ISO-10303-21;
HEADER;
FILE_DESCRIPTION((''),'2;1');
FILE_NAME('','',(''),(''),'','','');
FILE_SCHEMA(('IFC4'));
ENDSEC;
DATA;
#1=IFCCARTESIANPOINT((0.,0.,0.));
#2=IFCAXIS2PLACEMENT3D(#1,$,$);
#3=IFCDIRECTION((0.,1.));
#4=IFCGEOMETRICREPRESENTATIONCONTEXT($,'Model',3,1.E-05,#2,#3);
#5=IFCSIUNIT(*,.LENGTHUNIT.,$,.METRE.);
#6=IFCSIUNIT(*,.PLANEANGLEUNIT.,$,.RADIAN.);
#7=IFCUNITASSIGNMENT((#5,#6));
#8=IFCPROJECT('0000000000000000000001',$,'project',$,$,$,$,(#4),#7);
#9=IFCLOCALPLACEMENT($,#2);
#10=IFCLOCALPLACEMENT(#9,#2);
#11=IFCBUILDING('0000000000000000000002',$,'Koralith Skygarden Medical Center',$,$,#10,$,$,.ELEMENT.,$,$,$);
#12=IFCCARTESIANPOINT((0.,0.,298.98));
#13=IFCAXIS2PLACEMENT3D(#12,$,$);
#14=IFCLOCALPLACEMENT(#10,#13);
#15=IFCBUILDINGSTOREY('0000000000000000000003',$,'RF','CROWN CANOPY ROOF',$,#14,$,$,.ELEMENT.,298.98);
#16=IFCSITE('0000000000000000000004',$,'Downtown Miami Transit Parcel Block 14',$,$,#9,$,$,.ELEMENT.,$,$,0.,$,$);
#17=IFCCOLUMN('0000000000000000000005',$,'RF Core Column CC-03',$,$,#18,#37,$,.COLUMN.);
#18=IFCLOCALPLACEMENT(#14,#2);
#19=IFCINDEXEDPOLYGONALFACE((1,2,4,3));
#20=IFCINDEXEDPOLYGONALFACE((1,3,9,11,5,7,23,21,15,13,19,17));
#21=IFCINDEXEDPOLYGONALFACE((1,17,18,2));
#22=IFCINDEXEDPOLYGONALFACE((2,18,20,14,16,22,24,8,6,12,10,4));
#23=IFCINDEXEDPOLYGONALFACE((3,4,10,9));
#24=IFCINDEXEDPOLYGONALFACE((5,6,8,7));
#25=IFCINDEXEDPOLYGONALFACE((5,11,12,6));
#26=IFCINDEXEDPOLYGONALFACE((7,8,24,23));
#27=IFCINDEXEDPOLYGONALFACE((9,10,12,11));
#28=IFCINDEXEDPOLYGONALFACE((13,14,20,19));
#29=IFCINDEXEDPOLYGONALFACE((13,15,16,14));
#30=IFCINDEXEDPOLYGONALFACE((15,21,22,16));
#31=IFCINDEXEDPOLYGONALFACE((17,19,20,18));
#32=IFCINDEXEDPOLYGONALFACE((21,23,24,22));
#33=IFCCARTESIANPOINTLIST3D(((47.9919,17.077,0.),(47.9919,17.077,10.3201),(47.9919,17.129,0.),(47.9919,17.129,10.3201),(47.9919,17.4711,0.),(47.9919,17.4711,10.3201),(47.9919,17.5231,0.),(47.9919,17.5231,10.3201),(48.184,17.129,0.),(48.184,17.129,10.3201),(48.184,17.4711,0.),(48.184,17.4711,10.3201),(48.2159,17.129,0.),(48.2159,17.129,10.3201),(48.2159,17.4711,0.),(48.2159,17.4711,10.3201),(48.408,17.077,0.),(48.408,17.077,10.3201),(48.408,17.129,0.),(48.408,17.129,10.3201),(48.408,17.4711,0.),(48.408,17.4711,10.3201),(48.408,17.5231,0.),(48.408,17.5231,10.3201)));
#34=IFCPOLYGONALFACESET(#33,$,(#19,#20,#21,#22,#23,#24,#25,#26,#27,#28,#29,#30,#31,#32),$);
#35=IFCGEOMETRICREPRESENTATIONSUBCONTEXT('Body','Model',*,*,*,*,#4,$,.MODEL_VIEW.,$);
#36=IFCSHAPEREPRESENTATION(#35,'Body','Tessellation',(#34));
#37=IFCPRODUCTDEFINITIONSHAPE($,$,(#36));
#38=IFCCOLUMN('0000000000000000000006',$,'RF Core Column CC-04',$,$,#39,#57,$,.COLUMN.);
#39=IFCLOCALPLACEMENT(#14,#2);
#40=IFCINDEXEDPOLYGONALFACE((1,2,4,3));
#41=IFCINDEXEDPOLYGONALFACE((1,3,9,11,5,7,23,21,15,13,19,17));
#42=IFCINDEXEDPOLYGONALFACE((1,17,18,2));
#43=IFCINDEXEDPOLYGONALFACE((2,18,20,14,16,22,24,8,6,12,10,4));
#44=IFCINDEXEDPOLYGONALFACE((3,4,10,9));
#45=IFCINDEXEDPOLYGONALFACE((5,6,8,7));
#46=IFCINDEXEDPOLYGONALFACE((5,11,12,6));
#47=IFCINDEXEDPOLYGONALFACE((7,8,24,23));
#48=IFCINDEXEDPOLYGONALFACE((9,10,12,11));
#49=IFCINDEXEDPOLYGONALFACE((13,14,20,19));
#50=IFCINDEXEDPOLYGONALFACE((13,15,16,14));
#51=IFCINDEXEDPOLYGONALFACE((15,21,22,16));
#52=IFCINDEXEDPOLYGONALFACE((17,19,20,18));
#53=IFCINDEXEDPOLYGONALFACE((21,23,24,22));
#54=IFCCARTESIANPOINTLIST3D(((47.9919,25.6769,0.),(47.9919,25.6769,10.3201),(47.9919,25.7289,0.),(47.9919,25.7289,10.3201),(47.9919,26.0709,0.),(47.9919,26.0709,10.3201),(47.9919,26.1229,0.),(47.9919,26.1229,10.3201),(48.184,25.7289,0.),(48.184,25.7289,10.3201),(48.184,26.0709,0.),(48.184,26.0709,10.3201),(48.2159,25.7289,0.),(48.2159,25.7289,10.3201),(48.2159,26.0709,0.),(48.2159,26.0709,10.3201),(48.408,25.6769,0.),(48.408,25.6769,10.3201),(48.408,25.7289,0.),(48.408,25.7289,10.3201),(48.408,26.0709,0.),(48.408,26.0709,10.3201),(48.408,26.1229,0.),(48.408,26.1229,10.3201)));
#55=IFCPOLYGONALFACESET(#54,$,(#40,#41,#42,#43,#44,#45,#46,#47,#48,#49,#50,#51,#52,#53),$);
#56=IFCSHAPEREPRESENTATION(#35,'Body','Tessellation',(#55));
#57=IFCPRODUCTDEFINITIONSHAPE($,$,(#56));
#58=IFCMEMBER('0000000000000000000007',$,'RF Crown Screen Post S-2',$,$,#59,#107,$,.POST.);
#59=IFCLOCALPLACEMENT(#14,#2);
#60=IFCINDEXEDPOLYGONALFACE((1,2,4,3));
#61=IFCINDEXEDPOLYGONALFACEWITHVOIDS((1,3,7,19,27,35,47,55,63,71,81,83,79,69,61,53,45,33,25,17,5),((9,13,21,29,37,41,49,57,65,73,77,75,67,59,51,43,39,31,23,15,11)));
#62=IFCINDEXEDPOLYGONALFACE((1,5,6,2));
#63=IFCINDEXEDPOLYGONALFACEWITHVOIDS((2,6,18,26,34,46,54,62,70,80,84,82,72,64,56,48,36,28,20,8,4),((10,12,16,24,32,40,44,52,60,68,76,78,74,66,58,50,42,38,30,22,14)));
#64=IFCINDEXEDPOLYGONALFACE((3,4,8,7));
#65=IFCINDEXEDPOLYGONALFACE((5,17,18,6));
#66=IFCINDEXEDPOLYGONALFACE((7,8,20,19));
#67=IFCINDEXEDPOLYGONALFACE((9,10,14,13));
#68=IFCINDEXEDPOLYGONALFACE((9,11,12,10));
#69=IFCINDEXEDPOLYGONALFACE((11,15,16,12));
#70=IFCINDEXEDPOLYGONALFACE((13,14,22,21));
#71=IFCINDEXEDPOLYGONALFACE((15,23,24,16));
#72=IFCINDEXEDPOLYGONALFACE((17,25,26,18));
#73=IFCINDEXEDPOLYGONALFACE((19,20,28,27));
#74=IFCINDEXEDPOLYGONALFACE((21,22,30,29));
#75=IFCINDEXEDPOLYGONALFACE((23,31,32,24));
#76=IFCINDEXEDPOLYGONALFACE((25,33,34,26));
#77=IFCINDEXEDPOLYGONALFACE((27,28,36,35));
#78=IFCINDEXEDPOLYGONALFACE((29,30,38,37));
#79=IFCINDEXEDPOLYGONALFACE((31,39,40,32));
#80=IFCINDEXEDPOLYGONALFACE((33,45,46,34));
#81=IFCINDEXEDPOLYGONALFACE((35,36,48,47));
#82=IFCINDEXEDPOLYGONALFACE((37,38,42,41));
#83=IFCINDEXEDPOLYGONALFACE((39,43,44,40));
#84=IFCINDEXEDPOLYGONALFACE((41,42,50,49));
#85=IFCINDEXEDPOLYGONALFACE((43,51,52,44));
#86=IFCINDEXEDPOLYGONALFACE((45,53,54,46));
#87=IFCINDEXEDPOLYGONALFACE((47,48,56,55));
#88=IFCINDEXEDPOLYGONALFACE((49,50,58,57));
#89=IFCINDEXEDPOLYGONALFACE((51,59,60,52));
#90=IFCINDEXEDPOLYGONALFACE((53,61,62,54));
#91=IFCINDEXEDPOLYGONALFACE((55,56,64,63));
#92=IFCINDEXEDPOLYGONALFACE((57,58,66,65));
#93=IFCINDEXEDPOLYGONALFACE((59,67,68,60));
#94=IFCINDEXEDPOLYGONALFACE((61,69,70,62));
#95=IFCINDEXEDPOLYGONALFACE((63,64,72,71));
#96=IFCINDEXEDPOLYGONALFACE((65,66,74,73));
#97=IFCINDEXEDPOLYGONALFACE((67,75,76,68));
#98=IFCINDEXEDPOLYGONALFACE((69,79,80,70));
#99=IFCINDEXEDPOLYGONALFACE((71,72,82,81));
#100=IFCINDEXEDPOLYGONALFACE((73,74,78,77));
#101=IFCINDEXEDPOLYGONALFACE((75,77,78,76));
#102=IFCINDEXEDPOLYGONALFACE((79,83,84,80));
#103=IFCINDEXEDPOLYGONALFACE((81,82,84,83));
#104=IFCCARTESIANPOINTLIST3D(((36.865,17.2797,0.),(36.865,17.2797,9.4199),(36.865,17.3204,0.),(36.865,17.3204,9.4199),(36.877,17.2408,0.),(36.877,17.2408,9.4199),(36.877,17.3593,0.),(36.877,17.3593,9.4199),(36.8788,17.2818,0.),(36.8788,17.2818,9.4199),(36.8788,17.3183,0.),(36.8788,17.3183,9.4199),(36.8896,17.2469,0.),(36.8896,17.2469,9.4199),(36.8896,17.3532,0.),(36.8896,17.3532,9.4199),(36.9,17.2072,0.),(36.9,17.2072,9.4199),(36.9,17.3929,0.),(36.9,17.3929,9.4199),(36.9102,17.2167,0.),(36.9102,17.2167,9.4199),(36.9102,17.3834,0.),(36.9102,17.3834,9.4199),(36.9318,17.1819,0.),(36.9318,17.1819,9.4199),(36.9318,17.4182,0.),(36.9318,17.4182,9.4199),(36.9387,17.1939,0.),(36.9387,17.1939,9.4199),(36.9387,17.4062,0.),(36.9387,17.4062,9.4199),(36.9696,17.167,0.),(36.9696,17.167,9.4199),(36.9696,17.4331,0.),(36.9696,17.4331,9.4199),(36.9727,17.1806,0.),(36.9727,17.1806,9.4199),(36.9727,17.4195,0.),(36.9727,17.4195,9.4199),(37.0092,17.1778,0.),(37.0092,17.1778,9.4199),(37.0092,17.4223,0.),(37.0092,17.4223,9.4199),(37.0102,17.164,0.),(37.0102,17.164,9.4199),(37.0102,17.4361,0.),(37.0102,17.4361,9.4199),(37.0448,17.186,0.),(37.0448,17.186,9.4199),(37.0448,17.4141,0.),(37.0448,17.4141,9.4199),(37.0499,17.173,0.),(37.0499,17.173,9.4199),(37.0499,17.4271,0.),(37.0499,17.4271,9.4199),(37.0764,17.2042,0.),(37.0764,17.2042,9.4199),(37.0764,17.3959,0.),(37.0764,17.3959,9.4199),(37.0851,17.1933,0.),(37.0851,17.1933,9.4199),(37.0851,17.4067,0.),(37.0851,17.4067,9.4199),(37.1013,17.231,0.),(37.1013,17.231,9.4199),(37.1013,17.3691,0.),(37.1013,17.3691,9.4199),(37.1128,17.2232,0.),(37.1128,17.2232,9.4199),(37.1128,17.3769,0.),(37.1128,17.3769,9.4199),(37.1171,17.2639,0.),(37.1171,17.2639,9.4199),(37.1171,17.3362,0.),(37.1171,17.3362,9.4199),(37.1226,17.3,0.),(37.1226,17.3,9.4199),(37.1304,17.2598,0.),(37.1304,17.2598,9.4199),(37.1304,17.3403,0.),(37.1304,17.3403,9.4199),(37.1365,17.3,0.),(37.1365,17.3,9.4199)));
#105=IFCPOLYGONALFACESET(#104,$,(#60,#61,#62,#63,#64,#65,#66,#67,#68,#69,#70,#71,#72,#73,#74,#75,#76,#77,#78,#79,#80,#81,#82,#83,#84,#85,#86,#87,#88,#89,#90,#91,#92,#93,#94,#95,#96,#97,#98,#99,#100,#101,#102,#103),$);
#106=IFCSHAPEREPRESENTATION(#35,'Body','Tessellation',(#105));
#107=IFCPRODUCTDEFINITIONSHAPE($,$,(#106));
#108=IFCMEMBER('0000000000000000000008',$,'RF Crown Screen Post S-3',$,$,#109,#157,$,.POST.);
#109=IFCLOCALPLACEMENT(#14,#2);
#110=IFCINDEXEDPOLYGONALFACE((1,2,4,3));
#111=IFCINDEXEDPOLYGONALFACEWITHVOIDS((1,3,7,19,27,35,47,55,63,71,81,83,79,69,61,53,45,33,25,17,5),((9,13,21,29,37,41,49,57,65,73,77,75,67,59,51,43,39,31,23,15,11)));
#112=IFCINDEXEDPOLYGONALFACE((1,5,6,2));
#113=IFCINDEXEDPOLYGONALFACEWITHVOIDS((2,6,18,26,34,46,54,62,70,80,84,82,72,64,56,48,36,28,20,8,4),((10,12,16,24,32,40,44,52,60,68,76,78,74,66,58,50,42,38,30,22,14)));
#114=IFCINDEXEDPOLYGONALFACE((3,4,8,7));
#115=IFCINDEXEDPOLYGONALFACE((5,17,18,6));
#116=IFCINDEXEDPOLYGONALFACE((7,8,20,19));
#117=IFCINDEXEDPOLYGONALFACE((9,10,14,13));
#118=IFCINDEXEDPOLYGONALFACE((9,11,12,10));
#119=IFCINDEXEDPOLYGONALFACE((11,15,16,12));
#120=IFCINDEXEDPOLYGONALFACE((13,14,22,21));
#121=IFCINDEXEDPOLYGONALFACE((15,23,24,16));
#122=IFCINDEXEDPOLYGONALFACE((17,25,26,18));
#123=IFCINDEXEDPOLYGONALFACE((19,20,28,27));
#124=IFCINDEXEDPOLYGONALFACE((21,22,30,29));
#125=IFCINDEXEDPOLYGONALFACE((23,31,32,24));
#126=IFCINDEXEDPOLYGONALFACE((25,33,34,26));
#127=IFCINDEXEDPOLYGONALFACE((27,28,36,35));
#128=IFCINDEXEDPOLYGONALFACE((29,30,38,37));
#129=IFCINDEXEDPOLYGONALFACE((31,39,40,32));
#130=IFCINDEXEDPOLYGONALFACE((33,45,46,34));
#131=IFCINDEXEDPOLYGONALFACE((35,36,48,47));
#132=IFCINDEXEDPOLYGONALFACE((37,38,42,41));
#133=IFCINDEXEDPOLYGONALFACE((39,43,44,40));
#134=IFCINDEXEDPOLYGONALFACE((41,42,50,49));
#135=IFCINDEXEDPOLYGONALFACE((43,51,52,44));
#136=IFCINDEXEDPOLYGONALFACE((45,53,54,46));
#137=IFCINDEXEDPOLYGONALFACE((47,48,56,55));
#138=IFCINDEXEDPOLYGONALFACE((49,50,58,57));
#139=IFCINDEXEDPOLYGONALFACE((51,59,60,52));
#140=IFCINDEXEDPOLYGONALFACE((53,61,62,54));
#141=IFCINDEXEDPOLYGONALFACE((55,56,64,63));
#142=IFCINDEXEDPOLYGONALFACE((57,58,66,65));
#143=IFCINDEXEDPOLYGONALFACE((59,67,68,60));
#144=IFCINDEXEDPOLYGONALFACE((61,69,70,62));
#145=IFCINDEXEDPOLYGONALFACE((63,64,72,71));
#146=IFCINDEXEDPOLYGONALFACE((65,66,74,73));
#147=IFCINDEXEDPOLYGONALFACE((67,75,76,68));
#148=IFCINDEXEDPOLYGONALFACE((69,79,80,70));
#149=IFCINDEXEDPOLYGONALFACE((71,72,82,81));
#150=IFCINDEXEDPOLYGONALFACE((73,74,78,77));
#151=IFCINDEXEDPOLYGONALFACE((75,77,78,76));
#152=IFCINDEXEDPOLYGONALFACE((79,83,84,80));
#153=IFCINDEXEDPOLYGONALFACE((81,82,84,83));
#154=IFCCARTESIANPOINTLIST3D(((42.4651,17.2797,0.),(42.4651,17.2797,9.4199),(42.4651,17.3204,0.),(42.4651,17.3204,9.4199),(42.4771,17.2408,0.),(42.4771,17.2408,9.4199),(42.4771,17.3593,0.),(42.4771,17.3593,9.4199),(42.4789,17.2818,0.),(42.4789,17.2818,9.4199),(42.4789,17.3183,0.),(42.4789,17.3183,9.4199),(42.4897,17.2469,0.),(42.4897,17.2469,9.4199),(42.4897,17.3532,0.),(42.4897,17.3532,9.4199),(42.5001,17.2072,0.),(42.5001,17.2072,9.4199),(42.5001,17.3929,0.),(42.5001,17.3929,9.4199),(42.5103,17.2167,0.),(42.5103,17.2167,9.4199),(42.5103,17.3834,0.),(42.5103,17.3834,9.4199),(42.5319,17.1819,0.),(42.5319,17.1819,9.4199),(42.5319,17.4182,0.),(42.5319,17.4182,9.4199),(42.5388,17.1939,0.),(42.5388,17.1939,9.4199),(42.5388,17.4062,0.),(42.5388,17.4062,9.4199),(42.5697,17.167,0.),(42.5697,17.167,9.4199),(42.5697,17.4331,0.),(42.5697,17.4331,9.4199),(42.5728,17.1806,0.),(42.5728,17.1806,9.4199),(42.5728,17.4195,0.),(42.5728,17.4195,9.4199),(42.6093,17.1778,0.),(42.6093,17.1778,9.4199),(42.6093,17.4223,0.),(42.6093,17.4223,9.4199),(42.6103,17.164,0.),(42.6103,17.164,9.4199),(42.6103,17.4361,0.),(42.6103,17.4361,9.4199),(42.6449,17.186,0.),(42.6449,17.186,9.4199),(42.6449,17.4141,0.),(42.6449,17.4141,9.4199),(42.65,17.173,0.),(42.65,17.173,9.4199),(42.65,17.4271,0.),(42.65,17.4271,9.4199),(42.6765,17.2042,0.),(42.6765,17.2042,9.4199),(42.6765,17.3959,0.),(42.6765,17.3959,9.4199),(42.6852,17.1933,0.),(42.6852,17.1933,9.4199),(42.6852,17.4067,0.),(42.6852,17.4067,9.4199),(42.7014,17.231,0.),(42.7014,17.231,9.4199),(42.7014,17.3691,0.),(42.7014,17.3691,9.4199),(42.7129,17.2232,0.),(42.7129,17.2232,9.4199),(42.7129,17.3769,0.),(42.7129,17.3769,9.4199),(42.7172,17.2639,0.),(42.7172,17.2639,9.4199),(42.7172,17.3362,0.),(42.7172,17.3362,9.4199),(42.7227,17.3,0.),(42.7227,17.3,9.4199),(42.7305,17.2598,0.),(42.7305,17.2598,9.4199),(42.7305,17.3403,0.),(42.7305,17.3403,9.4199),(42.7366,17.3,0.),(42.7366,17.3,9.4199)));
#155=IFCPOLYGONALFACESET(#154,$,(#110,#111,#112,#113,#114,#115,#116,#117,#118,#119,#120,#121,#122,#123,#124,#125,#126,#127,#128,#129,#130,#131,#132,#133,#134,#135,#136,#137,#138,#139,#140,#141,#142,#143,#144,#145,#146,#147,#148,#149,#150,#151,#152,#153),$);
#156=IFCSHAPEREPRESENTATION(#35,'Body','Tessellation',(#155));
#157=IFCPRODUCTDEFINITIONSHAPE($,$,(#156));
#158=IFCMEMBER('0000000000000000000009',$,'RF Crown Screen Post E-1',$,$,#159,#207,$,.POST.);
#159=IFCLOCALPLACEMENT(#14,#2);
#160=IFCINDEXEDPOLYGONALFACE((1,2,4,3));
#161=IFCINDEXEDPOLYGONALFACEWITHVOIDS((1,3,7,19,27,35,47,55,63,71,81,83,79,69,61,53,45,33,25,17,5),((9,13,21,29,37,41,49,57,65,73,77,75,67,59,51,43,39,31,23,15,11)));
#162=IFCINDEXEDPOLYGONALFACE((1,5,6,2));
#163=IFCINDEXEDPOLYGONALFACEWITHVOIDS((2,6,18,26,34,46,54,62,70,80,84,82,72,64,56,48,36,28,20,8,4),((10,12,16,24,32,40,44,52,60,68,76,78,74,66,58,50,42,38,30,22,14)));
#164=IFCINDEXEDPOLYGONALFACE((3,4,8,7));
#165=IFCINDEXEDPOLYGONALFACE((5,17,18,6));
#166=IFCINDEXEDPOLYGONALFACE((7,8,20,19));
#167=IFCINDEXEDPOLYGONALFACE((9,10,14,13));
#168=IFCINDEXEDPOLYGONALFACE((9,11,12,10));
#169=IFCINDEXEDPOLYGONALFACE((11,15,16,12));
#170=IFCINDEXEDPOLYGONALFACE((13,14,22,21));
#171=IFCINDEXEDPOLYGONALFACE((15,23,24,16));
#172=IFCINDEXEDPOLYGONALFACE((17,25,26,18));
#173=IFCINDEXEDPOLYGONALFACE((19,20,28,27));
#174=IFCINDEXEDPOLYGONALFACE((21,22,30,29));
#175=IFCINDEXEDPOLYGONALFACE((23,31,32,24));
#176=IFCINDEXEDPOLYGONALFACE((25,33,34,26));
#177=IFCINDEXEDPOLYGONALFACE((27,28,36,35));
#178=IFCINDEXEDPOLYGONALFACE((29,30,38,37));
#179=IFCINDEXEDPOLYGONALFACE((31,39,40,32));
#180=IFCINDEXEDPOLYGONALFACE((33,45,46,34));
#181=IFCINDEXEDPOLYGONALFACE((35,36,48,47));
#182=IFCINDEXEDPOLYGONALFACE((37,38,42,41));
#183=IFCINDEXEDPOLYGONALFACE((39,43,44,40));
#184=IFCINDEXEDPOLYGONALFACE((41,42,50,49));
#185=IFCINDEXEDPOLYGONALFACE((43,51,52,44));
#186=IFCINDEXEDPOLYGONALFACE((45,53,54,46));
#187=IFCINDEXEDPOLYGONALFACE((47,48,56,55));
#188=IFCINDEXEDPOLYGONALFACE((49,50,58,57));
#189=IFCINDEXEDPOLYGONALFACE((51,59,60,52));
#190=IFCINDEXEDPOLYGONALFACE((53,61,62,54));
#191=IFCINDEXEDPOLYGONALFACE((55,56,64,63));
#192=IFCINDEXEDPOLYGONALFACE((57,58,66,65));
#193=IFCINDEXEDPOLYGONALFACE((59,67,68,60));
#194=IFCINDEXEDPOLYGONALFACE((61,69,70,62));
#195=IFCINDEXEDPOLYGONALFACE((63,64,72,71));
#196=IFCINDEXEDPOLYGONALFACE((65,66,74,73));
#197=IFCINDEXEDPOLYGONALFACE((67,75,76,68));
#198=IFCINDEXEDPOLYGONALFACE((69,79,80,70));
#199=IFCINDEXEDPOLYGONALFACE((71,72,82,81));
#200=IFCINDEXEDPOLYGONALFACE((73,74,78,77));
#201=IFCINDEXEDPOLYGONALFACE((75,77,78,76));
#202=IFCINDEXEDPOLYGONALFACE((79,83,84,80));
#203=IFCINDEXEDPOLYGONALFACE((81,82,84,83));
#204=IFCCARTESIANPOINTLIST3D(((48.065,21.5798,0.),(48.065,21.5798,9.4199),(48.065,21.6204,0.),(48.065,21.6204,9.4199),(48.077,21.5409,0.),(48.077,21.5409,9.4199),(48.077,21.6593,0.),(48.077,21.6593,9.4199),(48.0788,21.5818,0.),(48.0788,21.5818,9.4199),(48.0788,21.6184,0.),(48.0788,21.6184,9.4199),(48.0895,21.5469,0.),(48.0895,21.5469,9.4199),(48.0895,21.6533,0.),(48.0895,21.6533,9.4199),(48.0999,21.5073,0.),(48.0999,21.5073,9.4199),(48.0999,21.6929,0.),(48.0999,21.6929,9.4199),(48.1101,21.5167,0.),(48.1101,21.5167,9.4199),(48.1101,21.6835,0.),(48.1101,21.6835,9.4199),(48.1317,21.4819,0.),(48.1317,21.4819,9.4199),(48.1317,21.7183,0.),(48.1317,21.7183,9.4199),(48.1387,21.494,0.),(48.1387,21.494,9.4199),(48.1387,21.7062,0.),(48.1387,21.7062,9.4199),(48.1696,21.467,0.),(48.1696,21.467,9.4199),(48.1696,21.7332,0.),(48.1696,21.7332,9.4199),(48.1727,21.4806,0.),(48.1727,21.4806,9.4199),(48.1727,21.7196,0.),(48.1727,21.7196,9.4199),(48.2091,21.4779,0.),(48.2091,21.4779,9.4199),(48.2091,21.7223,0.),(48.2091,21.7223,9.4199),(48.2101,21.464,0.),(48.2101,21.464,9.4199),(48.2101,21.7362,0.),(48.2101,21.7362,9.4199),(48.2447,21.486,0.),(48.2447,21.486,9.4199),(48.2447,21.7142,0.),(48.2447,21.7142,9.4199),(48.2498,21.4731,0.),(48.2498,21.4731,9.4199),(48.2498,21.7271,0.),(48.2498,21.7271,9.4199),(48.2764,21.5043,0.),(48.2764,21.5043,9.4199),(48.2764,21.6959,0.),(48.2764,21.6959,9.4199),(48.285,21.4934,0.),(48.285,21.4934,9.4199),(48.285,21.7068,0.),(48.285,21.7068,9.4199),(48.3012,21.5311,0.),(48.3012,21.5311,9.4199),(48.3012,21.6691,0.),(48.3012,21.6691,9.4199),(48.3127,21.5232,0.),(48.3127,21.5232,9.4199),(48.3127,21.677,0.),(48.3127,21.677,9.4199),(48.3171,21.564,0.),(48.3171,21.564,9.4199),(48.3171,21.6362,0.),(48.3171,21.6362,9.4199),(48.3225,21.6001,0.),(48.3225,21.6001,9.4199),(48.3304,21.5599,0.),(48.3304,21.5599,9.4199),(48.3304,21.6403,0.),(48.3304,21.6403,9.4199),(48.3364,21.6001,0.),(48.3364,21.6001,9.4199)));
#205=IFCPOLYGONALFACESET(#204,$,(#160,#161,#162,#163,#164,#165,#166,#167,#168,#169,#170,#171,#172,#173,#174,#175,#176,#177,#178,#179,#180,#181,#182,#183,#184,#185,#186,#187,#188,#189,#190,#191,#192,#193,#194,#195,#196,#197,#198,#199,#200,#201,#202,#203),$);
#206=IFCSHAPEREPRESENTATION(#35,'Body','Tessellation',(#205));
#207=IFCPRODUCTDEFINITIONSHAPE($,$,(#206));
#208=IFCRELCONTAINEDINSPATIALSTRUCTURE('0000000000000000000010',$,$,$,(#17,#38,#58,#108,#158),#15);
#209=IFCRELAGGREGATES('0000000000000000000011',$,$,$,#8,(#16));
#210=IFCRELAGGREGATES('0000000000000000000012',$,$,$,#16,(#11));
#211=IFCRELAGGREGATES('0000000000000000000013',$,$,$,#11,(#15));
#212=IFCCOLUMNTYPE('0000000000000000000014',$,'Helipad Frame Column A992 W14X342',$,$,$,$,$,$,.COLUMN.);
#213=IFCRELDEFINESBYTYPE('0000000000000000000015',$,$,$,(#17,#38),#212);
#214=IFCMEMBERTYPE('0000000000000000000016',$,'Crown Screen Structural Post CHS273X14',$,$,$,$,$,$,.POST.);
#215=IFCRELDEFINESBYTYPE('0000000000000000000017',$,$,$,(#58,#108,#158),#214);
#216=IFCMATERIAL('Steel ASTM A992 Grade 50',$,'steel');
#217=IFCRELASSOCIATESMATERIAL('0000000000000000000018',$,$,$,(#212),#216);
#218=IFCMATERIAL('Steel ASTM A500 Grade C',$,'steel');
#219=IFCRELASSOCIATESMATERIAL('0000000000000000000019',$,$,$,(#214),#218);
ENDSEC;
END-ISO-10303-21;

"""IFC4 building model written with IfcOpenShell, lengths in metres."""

from ifc_helpers import new_model, si_unit, direction, frame, origin, origin_2d, place, context, subcontext, project, spatial, hollow_circle, i_section, extrude, material, material_profile, profile_set, type_object, element, save


model = new_model("IFC4")

# Units and contexts
model_context = context("Model", 3, precision=1e-05, world=origin(), true_north=direction((0.0, 1.0)))
body_context = subcontext(model_context, "Body", "Model", "MODEL_VIEW")
ifc_project = project(units=[si_unit("LENGTHUNIT", "METRE"), si_unit("PLANEANGLEUNIT", "RADIAN")], contexts=[model_context])

# Site, building, storey
site_placement = place(None, origin())
site = spatial("IfcSite", under=ifc_project, at=site_placement, Name="Downtown Miami Transit Parcel Block 14", CompositionType="ELEMENT", RefElevation=0.0)
building_placement = place(site_placement, origin())
building = spatial("IfcBuilding", under=site, at=building_placement, Name="Koralith Skygarden Medical Center", CompositionType="ELEMENT")
storey_placement = place(building_placement, frame((0.0, 0.0, 298.98)))
storey = spatial("IfcBuildingStorey", under=building, at=storey_placement, Name="RF", Description="CROWN CANOPY ROOF", CompositionType="ELEMENT", Elevation=298.98)

# Columns
ifc_material_1 = material(Name="Steel ASTM A992 Grade 50", Category="steel")
ifc_material_profile_1 = material_profile(ifc_material_1, i_section(OverallWidth=0.416, OverallDepth=0.446, WebThickness=0.032, FlangeThickness=0.052, at=origin_2d()), Name="W14X342")
ifc_profile_set_1 = profile_set([ifc_material_profile_1], Name="Steel ASTM A992 Grade 50")
column_type = type_object("IfcColumnType", Name="Helipad Frame Column A992 W14X342", PredefinedType="COLUMN", material=ifc_profile_set_1)
for number, where, z_axis, x_axis, name in (
    (1, (48.2, 17.3, 0.0), (0.0, 0.0, 1.0), (1.0, 0.0, 0.0), "RF Core Column CC-03"),
    (2, (48.2, 25.8999, 0.0), (0.0, 0.0, 1.0), (1.0, 0.0, 0.0), "RF Core Column CC-04"),
):
    element("IfcColumn", number, at=place(storey_placement, frame(where, z_axis=z_axis, x_axis=x_axis)), inside=storey, type_object=column_type, Name=name, PredefinedType="COLUMN", context=body_context, shape_type="SweptSolid", body=[
        extrude(i_section(OverallWidth=0.416, OverallDepth=0.446, WebThickness=0.032, FlangeThickness=0.052, at=origin_2d()), origin(), (0.0, 0.0, 1.0), 10.3201),
    ])

# Members
ifc_material_2 = material(Name="Steel ASTM A500 Grade C", Category="steel")
ifc_material_profile_2 = material_profile(ifc_material_2, hollow_circle(Radius=0.1365, WallThickness=0.0139, at=origin_2d()), Name="CHS273X14")
ifc_profile_set_2 = profile_set([ifc_material_profile_2], Name="Steel ASTM A500 Grade C")
member_type_1 = type_object("IfcMemberType", Name="Crown Screen Structural Post CHS273X14", PredefinedType="POST", material=ifc_profile_set_2)
for number, where, z_axis, x_axis, name in (
    (3, (37.0, 17.3, 0.0), (0.0, 0.0, 1.0), (1.0, 0.0, 0.0), "RF Crown Screen Post S-2"),
    (4, (42.6001, 17.3, 0.0), (0.0, 0.0, 1.0), (1.0, 0.0, 0.0), "RF Crown Screen Post S-3"),
    (5, (48.2, 21.6001, 0.0), (0.0, 0.0, 1.0), (1.0, 0.0, 0.0), "RF Crown Screen Post E-1"),
):
    element("IfcMember", number, at=place(storey_placement, frame(where, z_axis=z_axis, x_axis=x_axis)), inside=storey, type_object=member_type_1, Name=name, PredefinedType="POST", context=body_context, shape_type="SweptSolid", body=[
        extrude(hollow_circle(Radius=0.1365, WallThickness=0.0139, at=origin_2d()), origin(), (0.0, 0.0, 1.0), 9.4199),
    ])

save(model, "model.ifc")
